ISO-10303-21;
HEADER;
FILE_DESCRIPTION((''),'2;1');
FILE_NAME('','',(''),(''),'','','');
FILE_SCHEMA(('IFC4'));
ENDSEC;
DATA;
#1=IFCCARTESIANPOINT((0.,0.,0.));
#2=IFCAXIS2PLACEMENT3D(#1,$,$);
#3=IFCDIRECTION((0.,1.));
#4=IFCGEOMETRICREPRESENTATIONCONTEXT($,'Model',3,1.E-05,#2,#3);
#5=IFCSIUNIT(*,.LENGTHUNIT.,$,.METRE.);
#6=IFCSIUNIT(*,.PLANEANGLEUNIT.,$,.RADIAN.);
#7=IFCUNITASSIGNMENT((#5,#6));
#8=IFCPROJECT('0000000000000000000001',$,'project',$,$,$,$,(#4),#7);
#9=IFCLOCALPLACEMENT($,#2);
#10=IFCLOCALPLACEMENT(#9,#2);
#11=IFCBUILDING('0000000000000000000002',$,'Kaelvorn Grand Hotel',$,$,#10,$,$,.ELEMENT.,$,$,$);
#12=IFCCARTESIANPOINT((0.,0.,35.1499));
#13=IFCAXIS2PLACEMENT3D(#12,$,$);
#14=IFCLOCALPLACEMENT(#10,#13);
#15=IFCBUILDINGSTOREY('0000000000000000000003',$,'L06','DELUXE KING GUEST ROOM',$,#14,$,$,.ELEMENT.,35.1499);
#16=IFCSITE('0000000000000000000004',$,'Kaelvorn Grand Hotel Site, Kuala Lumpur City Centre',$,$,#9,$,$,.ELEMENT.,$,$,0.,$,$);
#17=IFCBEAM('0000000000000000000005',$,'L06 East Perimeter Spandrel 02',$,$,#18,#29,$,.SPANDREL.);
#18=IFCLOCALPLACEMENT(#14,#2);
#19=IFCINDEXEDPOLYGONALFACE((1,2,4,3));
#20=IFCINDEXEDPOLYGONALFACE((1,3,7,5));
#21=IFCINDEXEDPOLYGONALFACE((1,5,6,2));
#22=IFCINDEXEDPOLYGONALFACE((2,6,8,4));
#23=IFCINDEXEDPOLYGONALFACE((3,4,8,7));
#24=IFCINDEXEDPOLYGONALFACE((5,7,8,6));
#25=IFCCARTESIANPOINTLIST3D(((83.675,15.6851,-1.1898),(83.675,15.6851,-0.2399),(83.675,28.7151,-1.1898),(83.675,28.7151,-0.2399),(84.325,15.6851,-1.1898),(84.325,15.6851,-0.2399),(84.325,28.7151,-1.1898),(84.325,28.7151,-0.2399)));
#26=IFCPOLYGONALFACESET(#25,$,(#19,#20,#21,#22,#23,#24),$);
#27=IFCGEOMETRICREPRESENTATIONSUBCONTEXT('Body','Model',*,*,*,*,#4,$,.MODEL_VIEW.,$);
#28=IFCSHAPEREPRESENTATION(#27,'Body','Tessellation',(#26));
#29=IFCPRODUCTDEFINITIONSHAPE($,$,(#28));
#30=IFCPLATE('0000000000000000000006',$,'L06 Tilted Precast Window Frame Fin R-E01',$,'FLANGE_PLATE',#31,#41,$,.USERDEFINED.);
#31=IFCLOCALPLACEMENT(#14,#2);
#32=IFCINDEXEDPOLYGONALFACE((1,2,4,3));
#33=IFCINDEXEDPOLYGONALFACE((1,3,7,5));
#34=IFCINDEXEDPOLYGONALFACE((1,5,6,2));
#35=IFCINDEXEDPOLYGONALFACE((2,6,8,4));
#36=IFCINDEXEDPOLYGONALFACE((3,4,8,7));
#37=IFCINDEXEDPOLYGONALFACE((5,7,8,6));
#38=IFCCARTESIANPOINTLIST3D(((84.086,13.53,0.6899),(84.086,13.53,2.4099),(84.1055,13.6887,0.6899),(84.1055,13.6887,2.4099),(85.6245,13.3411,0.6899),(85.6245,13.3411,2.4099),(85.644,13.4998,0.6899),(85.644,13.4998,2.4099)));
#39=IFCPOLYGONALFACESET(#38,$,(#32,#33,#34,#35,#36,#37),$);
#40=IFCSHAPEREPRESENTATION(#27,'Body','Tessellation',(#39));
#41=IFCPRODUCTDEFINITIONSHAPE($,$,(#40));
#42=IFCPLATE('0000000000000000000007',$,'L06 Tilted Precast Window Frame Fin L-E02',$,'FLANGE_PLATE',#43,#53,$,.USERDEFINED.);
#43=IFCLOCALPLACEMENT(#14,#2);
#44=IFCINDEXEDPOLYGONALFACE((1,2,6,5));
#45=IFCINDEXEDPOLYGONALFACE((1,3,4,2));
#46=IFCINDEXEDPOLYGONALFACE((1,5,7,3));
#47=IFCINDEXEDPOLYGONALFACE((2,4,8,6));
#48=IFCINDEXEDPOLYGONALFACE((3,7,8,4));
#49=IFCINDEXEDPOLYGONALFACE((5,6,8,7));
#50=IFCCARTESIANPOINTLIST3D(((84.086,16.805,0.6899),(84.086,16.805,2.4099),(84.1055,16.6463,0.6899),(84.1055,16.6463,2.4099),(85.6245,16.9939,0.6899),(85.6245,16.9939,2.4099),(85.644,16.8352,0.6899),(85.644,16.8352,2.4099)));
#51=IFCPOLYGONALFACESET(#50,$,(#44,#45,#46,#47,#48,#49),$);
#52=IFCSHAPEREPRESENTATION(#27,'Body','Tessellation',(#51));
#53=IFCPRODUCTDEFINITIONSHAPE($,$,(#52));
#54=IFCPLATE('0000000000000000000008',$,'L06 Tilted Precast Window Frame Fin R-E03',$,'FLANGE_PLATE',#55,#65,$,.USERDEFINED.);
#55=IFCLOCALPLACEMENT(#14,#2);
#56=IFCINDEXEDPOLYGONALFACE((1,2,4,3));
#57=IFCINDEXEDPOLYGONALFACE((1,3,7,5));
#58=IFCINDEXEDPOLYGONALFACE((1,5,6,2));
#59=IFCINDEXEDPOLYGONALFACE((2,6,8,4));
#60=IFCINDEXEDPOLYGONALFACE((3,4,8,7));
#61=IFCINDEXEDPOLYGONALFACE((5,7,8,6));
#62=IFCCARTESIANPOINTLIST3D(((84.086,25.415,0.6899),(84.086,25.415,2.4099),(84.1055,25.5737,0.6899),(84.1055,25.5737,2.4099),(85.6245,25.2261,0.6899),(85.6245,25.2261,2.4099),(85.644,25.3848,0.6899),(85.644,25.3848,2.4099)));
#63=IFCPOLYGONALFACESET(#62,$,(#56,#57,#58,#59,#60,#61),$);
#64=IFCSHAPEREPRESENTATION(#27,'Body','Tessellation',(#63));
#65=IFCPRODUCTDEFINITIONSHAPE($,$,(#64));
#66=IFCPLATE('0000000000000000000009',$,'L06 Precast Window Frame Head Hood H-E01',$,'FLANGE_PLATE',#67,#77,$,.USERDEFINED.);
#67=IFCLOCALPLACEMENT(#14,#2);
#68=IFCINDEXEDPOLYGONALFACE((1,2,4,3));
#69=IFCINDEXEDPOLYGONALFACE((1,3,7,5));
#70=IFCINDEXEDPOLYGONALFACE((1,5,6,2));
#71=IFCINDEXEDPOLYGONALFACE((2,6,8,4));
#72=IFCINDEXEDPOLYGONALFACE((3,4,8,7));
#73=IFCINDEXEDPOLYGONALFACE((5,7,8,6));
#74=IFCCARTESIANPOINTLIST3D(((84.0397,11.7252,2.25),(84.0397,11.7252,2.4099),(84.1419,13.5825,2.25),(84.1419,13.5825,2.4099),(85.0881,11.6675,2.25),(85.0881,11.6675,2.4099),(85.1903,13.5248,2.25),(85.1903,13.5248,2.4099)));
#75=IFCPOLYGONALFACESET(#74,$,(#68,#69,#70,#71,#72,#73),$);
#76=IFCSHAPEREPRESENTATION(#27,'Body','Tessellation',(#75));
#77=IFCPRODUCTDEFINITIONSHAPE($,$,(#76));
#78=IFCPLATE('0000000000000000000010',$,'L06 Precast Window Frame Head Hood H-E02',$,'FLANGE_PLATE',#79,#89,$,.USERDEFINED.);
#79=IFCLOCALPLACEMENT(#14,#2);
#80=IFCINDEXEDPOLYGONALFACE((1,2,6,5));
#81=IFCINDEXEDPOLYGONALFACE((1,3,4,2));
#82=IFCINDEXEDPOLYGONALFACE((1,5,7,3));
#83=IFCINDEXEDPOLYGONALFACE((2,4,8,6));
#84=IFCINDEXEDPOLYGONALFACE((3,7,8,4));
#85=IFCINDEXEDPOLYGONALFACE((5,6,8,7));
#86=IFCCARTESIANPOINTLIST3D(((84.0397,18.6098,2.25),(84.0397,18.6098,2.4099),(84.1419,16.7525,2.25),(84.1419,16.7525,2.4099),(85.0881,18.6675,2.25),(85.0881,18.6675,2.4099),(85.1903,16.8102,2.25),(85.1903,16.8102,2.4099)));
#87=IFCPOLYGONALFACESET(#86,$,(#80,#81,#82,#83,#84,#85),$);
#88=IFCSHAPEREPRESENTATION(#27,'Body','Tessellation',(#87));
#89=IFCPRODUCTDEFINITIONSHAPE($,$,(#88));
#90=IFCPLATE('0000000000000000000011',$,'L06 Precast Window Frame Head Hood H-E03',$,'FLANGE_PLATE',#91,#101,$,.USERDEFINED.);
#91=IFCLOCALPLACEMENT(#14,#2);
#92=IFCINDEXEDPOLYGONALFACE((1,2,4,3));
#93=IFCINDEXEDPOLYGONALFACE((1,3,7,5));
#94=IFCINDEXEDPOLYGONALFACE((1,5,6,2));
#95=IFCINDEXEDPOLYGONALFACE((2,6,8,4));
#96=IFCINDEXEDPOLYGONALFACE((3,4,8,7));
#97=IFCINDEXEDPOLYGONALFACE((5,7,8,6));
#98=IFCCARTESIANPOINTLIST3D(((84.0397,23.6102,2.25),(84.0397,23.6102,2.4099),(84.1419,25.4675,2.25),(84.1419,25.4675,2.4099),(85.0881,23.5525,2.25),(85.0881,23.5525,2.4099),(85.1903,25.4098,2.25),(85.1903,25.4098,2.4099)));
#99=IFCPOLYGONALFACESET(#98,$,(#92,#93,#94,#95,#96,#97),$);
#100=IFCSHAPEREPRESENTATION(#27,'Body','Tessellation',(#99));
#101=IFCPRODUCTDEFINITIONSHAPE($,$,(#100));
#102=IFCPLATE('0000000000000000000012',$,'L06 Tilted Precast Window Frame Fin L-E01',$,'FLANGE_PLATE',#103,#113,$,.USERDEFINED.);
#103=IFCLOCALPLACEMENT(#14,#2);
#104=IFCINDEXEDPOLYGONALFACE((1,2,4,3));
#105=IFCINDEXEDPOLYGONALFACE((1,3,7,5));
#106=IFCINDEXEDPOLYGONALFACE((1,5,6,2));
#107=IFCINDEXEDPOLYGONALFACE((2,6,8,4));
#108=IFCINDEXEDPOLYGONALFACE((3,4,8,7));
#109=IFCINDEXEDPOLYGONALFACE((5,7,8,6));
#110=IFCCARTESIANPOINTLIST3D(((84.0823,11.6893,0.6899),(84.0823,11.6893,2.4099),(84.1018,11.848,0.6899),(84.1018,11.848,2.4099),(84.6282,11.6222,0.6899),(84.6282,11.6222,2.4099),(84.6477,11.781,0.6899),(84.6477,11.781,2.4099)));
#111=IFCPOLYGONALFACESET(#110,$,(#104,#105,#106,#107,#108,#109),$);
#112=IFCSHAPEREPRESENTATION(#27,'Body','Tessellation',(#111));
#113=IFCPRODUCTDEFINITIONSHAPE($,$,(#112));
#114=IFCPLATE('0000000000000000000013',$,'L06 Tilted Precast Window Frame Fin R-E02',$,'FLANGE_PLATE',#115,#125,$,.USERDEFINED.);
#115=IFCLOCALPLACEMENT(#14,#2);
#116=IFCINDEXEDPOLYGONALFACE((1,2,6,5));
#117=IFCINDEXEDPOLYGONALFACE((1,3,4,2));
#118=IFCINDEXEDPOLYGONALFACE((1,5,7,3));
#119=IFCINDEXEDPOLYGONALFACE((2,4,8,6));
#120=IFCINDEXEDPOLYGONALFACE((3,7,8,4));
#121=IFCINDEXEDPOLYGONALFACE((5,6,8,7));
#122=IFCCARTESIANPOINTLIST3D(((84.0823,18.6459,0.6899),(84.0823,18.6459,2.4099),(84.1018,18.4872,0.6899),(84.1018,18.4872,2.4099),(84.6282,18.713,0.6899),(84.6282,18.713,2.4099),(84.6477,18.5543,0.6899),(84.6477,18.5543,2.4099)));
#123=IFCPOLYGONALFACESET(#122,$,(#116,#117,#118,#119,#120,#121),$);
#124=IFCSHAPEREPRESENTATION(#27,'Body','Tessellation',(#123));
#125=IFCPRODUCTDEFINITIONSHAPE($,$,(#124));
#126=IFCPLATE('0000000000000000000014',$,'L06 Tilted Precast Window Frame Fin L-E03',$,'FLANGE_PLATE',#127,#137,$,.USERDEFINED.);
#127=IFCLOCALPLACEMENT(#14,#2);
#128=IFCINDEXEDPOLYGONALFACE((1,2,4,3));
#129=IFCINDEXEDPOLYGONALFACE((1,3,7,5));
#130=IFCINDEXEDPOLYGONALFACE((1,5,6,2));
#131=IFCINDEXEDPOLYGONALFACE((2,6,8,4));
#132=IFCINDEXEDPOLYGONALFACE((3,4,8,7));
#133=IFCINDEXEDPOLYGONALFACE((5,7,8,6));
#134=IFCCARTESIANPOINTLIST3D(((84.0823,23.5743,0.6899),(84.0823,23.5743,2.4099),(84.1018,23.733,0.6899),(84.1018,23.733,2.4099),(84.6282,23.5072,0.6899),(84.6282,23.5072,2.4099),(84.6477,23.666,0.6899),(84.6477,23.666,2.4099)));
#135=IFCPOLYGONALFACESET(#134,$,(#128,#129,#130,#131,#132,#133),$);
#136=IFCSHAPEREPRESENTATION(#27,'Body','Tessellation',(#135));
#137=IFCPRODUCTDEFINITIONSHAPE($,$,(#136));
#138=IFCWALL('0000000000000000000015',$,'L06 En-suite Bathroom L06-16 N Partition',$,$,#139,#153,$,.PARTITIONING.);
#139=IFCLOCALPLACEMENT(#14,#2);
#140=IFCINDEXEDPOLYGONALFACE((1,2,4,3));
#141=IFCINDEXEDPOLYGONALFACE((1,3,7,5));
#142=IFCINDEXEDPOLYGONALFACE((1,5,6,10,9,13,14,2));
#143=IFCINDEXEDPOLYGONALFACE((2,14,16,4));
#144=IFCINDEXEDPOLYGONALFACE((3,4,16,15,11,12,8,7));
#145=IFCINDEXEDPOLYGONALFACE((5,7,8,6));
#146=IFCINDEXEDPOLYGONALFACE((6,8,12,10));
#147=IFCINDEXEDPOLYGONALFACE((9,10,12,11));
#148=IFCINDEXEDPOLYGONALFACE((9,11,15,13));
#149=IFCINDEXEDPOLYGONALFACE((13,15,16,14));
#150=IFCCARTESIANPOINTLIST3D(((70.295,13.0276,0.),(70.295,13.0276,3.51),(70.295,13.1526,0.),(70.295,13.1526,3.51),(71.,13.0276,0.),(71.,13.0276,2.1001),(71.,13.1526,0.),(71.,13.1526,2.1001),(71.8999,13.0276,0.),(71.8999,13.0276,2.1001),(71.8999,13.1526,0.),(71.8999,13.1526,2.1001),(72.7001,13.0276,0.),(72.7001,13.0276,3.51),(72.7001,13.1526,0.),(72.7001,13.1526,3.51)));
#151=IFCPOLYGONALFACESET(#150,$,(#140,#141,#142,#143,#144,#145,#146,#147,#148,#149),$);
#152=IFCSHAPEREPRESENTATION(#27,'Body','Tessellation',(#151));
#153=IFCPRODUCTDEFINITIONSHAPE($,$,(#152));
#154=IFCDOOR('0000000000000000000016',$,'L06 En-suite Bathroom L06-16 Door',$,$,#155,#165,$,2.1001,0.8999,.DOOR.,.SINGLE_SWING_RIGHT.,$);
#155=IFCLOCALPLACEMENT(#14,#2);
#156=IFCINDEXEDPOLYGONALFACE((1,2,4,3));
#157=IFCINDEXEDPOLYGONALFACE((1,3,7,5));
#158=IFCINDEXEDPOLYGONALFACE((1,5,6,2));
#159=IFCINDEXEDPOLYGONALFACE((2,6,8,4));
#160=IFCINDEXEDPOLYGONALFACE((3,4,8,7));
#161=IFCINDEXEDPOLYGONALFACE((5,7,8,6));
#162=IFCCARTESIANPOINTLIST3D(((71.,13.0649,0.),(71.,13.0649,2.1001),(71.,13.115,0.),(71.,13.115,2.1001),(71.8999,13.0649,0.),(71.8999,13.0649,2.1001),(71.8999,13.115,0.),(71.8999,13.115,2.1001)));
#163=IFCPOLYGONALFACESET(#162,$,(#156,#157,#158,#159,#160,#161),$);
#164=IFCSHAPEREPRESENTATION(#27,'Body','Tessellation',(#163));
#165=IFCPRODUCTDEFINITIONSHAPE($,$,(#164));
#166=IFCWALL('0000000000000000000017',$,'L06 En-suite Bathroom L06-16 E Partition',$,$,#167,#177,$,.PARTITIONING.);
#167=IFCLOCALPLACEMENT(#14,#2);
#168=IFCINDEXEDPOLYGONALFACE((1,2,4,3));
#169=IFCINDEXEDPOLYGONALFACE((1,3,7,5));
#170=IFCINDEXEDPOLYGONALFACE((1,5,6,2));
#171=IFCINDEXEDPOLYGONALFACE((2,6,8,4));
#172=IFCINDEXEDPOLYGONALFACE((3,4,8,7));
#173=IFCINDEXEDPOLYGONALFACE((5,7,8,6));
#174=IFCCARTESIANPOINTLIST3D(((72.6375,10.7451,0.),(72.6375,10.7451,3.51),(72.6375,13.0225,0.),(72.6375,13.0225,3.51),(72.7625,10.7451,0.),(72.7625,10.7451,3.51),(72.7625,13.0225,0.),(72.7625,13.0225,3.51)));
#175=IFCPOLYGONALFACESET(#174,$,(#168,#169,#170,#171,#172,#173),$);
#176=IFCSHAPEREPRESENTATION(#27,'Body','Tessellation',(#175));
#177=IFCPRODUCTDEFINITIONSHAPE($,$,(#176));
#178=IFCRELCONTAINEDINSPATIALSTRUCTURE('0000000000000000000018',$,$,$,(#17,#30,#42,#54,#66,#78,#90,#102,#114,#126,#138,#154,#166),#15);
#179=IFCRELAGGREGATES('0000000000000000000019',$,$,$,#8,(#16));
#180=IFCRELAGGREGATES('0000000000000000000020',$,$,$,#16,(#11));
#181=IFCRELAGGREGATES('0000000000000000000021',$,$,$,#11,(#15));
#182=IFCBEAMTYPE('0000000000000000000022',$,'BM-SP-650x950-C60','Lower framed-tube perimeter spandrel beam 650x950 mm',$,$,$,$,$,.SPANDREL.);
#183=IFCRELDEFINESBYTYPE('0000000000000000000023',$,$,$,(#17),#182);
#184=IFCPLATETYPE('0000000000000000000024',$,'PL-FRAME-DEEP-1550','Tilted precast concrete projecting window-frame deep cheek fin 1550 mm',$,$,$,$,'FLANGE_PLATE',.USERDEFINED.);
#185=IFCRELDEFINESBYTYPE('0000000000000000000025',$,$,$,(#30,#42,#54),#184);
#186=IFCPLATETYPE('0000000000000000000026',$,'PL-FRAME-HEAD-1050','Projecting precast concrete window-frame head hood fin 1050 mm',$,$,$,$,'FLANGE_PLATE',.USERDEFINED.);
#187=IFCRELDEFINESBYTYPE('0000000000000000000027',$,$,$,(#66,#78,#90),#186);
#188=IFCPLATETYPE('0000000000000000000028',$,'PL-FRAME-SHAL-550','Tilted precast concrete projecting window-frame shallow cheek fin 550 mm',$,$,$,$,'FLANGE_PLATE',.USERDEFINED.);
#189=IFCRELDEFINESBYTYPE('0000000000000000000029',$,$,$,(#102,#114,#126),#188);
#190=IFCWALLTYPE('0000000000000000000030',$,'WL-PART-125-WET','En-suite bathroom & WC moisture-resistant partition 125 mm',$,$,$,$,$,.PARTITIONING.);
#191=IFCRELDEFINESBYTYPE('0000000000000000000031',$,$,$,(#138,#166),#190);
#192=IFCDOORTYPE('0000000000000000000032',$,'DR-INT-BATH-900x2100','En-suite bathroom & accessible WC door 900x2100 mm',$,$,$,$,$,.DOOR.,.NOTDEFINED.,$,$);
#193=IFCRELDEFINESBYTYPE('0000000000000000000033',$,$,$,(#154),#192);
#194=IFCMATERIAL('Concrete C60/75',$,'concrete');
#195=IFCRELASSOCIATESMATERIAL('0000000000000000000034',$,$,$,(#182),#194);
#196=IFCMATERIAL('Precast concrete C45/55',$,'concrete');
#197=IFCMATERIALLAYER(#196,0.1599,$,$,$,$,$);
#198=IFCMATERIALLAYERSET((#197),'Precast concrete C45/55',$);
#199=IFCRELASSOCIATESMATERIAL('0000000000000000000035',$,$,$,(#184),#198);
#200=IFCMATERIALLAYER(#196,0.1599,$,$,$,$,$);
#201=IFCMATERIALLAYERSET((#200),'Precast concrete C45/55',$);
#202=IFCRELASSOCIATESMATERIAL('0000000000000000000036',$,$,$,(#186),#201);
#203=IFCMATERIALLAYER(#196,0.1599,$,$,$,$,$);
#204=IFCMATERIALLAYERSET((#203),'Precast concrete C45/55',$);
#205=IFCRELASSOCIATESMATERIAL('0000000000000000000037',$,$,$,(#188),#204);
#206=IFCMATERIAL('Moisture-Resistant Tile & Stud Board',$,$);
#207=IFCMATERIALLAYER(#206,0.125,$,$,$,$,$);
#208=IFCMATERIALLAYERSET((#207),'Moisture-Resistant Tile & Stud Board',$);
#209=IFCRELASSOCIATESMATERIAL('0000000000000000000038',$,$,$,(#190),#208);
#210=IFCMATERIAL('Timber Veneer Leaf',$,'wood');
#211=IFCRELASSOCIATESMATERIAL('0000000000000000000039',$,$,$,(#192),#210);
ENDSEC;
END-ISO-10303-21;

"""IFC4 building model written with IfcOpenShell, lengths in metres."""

from ifc_helpers import new_model, si_unit, direction, frame, frame_2d, origin, origin_2d, place, context, subcontext, project, spatial, rectangle, extrude, material, layer, layer_set, material_profile, profile_set, type_object, element, fill, save


model = new_model("IFC4")

# Units and contexts
model_context = context("Model", 3, precision=1e-05, world=origin(), true_north=direction((0.0, 1.0)))
body_context = subcontext(model_context, "Body", "Model", "MODEL_VIEW")
ifc_project = project(units=[si_unit("LENGTHUNIT", "METRE"), si_unit("PLANEANGLEUNIT", "RADIAN")], contexts=[model_context])

# Site, building, storey
site_placement = place(None, origin())
site = spatial("IfcSite", under=ifc_project, at=site_placement, Name="Kaelvorn Grand Hotel Site, Kuala Lumpur City Centre", CompositionType="ELEMENT", RefElevation=0.0)
building_placement = place(site_placement, origin())
building = spatial("IfcBuilding", under=site, at=building_placement, Name="Kaelvorn Grand Hotel", CompositionType="ELEMENT")
storey_placement = place(building_placement, frame((0.0, 0.0, 35.1499)))
storey = spatial("IfcBuildingStorey", under=building, at=storey_placement, Name="L06", Description="DELUXE KING GUEST ROOM", CompositionType="ELEMENT", Elevation=35.1499)

# Beam
ifc_material_1 = material(Name="Concrete C60/75", Category="concrete")
ifc_material_profile_1 = material_profile(ifc_material_1, rectangle(XDim=0.6499, YDim=0.95, at=origin_2d()), Name="RC SPANDREL 650x950")
ifc_profile_set_1 = profile_set([ifc_material_profile_1], Name="Concrete C60/75")
beam_type_1 = type_object("IfcBeamType", Name="BM-SP-650x950-C60", Description="Lower framed-tube perimeter spandrel beam 650x950 mm", PredefinedType="SPANDREL", material=ifc_profile_set_1)
beam_1_placement = place(storey_placement, frame((84.0, 15.6851, -0.7148), z_axis=(0.0, 1.0, 0.0), x_axis=(-1.0, 0.0, 0.0)))
element("IfcBeam", 1, at=beam_1_placement, inside=storey, type_object=beam_type_1, Name="L06 East Perimeter Spandrel 02", PredefinedType="SPANDREL", context=body_context, shape_type="SweptSolid", body=[
    extrude(rectangle(XDim=0.6499, YDim=0.95, at=origin_2d()), origin(), (0.0, 0.0, 1.0), 13.03),
])

# Plates
ifc_material_2 = material(Name="Precast concrete C45/55", Category="concrete")
ifc_layer_1 = layer(ifc_material_2, 0.1599)
ifc_layer_set_1 = layer_set([ifc_layer_1], Name="Precast concrete C45/55")
plate_type_1 = type_object("IfcPlateType", Name="PL-FRAME-DEEP-1550", Description="Tilted precast concrete projecting window-frame deep cheek fin 1550 mm", ElementType="FLANGE_PLATE", PredefinedType="USERDEFINED", material=ifc_layer_set_1)
for number, where, z_axis, x_axis, name in (
    (2, (84.865, 13.5149, 0.6899), (0.0, 0.0, 1.0), (0.121869, 0.992546, 0.0), "L06 Tilted Precast Window Frame Fin R-E01"),
    (3, (84.865, 16.8201, 0.6899), (0.0, 0.0, 1.0), (-0.121869, 0.992546, 0.0), "L06 Tilted Precast Window Frame Fin L-E02"),
    (4, (84.865, 25.3999, 0.6899), (0.0, 0.0, 1.0), (0.121869, 0.992546, 0.0), "L06 Tilted Precast Window Frame Fin R-E03"),
):
    element("IfcPlate", number, at=place(storey_placement, frame(where, z_axis=z_axis, x_axis=x_axis)), inside=storey, type_object=plate_type_1, Name=name, ObjectType="FLANGE_PLATE", PredefinedType="USERDEFINED", context=body_context, shape_type="SweptSolid", body=[
        extrude(rectangle(XDim=0.1599, YDim=1.55, at=origin_2d()), origin(), (0.0, 0.0, 1.0), 1.72),
    ])
ifc_layer_2 = layer(ifc_material_2, 0.1599)
ifc_layer_set_2 = layer_set([ifc_layer_2], Name="Precast concrete C45/55")
plate_type_2 = type_object("IfcPlateType", Name="PL-FRAME-HEAD-1050", Description="Projecting precast concrete window-frame head hood fin 1050 mm", ElementType="FLANGE_PLATE", PredefinedType="USERDEFINED", material=ifc_layer_set_2)
for number, where, z_axis, x_axis, name in (
    (5, (84.615, 12.625, 2.25), (0.0, 0.0, 1.0), (0.05495, 0.998489, 0.0), "L06 Precast Window Frame Head Hood H-E01"),
    (6, (84.615, 17.71, 2.25), (0.0, 0.0, 1.0), (-0.05495, 0.998489, 0.0), "L06 Precast Window Frame Head Hood H-E02"),
    (7, (84.615, 24.51, 2.25), (0.0, 0.0, 1.0), (0.05495, 0.998489, 0.0), "L06 Precast Window Frame Head Hood H-E03"),
):
    element("IfcPlate", number, at=place(storey_placement, frame(where, z_axis=z_axis, x_axis=x_axis)), inside=storey, type_object=plate_type_2, Name=name, ObjectType="FLANGE_PLATE", PredefinedType="USERDEFINED", context=body_context, shape_type="SweptSolid", body=[
        extrude(rectangle(XDim=1.8601, YDim=1.05, at=origin_2d()), origin(), (0.0, 0.0, 1.0), 0.1599),
    ])
ifc_layer_3 = layer(ifc_material_2, 0.1599)
ifc_layer_set_3 = layer_set([ifc_layer_3], Name="Precast concrete C45/55")
plate_type_3 = type_object("IfcPlateType", Name="PL-FRAME-SHAL-550", Description="Tilted precast concrete projecting window-frame shallow cheek fin 550 mm", ElementType="FLANGE_PLATE", PredefinedType="USERDEFINED", material=ifc_layer_set_3)
for number, where, z_axis, x_axis, name in (
    (8, (84.365, 11.7351, 0.6899), (0.0, 0.0, 1.0), (0.121869, 0.992546, 0.0), "L06 Tilted Precast Window Frame Fin L-E01"),
    (9, (84.365, 18.6001, 0.6899), (0.0, 0.0, 1.0), (-0.121869, 0.992546, 0.0), "L06 Tilted Precast Window Frame Fin R-E02"),
    (10, (84.365, 23.6201, 0.6899), (0.0, 0.0, 1.0), (0.121869, 0.992546, 0.0), "L06 Tilted Precast Window Frame Fin L-E03"),
):
    element("IfcPlate", number, at=place(storey_placement, frame(where, z_axis=z_axis, x_axis=x_axis)), inside=storey, type_object=plate_type_3, Name=name, ObjectType="FLANGE_PLATE", PredefinedType="USERDEFINED", context=body_context, shape_type="SweptSolid", body=[
        extrude(rectangle(XDim=0.1599, YDim=0.55, at=origin_2d()), origin(), (0.0, 0.0, 1.0), 1.72),
    ])

# Wall, opening, door
ifc_material_3 = material(Name="Moisture-Resistant Tile & Stud Board")
ifc_layer_4 = layer(ifc_material_3, 0.125)
ifc_layer_set_4 = layer_set([ifc_layer_4], Name="Moisture-Resistant Tile & Stud Board")
wall_type_1 = type_object("IfcWallType", Name="WL-PART-125-WET", Description="En-suite bathroom & WC moisture-resistant partition 125 mm", PredefinedType="PARTITIONING", material=ifc_layer_set_4)
wall_1_placement = place(storey_placement, frame((70.2949, 13.0901, 0.0), z_axis=(0.0, 0.0, 1.0), x_axis=(1.0, 0.0, 0.0)))
wall_1 = element("IfcWall", 11, at=wall_1_placement, inside=storey, type_object=wall_type_1, Name="L06 En-suite Bathroom L06-16 N Partition", PredefinedType="PARTITIONING", context=body_context, shape_type="SweptSolid", body=[
    extrude(rectangle(XDim=2.405, YDim=0.125, at=frame_2d((1.2026, 0.0))), origin(), (0.0, 0.0, 1.0), 3.51),
])
opening_1_placement = place(wall_1_placement, frame((0.7051, 0.0, 0.0)))
opening_1 = element("IfcOpeningElement", 12, at=opening_1_placement, cuts=wall_1, PredefinedType="OPENING", context=body_context, shape_type="SweptSolid", body=[
    extrude(rectangle(XDim=0.8999, YDim=2.1001, at=frame_2d((0.45, 1.05))), frame((0.0, 0.0725, 0.0), z_axis=(0.0, -1.0, 0.0), x_axis=(1.0, 0.0, 0.0)), (0.0, 0.0, 1.0), 0.145),
])
ifc_material_4 = material(Name="Timber Veneer Leaf", Category="wood")
door_type_1 = type_object("IfcDoorType", Name="DR-INT-BATH-900x2100", Description="En-suite bathroom & accessible WC door 900x2100 mm", OperationType="NOTDEFINED", PredefinedType="DOOR", material=ifc_material_4)
door_1_placement = place(opening_1_placement, origin())
door_1 = element("IfcDoor", 13, at=door_1_placement, inside=storey, type_object=door_type_1, Name="L06 En-suite Bathroom L06-16 Door", OperationType="SINGLE_SWING_RIGHT", OverallHeight=2.1001, OverallWidth=0.8999, PredefinedType="DOOR", context=body_context, shape_type="SweptSolid", body=[
    extrude(rectangle(XDim=0.8999, YDim=2.1001, at=frame_2d((0.45, 1.05))), frame((0.0, 0.0249, 0.0), z_axis=(0.0, -1.0, 0.0), x_axis=(1.0, 0.0, 0.0)), (0.0, 0.0, 1.0), 0.05),
])
fill(opening_1, door_1)

# Wall
wall_2_placement = place(storey_placement, frame((72.7, 10.7451, 0.0), z_axis=(0.0, 0.0, 1.0), x_axis=(0.0, 1.0, 0.0)))
element("IfcWall", 14, at=wall_2_placement, inside=storey, type_object=wall_type_1, Name="L06 En-suite Bathroom L06-16 E Partition", PredefinedType="PARTITIONING", context=body_context, shape_type="SweptSolid", body=[
    extrude(rectangle(XDim=2.2773, YDim=0.125, at=frame_2d((1.1387, 0.0))), origin(), (0.0, 0.0, 1.0), 3.51),
])

save(model, "model.ifc")
